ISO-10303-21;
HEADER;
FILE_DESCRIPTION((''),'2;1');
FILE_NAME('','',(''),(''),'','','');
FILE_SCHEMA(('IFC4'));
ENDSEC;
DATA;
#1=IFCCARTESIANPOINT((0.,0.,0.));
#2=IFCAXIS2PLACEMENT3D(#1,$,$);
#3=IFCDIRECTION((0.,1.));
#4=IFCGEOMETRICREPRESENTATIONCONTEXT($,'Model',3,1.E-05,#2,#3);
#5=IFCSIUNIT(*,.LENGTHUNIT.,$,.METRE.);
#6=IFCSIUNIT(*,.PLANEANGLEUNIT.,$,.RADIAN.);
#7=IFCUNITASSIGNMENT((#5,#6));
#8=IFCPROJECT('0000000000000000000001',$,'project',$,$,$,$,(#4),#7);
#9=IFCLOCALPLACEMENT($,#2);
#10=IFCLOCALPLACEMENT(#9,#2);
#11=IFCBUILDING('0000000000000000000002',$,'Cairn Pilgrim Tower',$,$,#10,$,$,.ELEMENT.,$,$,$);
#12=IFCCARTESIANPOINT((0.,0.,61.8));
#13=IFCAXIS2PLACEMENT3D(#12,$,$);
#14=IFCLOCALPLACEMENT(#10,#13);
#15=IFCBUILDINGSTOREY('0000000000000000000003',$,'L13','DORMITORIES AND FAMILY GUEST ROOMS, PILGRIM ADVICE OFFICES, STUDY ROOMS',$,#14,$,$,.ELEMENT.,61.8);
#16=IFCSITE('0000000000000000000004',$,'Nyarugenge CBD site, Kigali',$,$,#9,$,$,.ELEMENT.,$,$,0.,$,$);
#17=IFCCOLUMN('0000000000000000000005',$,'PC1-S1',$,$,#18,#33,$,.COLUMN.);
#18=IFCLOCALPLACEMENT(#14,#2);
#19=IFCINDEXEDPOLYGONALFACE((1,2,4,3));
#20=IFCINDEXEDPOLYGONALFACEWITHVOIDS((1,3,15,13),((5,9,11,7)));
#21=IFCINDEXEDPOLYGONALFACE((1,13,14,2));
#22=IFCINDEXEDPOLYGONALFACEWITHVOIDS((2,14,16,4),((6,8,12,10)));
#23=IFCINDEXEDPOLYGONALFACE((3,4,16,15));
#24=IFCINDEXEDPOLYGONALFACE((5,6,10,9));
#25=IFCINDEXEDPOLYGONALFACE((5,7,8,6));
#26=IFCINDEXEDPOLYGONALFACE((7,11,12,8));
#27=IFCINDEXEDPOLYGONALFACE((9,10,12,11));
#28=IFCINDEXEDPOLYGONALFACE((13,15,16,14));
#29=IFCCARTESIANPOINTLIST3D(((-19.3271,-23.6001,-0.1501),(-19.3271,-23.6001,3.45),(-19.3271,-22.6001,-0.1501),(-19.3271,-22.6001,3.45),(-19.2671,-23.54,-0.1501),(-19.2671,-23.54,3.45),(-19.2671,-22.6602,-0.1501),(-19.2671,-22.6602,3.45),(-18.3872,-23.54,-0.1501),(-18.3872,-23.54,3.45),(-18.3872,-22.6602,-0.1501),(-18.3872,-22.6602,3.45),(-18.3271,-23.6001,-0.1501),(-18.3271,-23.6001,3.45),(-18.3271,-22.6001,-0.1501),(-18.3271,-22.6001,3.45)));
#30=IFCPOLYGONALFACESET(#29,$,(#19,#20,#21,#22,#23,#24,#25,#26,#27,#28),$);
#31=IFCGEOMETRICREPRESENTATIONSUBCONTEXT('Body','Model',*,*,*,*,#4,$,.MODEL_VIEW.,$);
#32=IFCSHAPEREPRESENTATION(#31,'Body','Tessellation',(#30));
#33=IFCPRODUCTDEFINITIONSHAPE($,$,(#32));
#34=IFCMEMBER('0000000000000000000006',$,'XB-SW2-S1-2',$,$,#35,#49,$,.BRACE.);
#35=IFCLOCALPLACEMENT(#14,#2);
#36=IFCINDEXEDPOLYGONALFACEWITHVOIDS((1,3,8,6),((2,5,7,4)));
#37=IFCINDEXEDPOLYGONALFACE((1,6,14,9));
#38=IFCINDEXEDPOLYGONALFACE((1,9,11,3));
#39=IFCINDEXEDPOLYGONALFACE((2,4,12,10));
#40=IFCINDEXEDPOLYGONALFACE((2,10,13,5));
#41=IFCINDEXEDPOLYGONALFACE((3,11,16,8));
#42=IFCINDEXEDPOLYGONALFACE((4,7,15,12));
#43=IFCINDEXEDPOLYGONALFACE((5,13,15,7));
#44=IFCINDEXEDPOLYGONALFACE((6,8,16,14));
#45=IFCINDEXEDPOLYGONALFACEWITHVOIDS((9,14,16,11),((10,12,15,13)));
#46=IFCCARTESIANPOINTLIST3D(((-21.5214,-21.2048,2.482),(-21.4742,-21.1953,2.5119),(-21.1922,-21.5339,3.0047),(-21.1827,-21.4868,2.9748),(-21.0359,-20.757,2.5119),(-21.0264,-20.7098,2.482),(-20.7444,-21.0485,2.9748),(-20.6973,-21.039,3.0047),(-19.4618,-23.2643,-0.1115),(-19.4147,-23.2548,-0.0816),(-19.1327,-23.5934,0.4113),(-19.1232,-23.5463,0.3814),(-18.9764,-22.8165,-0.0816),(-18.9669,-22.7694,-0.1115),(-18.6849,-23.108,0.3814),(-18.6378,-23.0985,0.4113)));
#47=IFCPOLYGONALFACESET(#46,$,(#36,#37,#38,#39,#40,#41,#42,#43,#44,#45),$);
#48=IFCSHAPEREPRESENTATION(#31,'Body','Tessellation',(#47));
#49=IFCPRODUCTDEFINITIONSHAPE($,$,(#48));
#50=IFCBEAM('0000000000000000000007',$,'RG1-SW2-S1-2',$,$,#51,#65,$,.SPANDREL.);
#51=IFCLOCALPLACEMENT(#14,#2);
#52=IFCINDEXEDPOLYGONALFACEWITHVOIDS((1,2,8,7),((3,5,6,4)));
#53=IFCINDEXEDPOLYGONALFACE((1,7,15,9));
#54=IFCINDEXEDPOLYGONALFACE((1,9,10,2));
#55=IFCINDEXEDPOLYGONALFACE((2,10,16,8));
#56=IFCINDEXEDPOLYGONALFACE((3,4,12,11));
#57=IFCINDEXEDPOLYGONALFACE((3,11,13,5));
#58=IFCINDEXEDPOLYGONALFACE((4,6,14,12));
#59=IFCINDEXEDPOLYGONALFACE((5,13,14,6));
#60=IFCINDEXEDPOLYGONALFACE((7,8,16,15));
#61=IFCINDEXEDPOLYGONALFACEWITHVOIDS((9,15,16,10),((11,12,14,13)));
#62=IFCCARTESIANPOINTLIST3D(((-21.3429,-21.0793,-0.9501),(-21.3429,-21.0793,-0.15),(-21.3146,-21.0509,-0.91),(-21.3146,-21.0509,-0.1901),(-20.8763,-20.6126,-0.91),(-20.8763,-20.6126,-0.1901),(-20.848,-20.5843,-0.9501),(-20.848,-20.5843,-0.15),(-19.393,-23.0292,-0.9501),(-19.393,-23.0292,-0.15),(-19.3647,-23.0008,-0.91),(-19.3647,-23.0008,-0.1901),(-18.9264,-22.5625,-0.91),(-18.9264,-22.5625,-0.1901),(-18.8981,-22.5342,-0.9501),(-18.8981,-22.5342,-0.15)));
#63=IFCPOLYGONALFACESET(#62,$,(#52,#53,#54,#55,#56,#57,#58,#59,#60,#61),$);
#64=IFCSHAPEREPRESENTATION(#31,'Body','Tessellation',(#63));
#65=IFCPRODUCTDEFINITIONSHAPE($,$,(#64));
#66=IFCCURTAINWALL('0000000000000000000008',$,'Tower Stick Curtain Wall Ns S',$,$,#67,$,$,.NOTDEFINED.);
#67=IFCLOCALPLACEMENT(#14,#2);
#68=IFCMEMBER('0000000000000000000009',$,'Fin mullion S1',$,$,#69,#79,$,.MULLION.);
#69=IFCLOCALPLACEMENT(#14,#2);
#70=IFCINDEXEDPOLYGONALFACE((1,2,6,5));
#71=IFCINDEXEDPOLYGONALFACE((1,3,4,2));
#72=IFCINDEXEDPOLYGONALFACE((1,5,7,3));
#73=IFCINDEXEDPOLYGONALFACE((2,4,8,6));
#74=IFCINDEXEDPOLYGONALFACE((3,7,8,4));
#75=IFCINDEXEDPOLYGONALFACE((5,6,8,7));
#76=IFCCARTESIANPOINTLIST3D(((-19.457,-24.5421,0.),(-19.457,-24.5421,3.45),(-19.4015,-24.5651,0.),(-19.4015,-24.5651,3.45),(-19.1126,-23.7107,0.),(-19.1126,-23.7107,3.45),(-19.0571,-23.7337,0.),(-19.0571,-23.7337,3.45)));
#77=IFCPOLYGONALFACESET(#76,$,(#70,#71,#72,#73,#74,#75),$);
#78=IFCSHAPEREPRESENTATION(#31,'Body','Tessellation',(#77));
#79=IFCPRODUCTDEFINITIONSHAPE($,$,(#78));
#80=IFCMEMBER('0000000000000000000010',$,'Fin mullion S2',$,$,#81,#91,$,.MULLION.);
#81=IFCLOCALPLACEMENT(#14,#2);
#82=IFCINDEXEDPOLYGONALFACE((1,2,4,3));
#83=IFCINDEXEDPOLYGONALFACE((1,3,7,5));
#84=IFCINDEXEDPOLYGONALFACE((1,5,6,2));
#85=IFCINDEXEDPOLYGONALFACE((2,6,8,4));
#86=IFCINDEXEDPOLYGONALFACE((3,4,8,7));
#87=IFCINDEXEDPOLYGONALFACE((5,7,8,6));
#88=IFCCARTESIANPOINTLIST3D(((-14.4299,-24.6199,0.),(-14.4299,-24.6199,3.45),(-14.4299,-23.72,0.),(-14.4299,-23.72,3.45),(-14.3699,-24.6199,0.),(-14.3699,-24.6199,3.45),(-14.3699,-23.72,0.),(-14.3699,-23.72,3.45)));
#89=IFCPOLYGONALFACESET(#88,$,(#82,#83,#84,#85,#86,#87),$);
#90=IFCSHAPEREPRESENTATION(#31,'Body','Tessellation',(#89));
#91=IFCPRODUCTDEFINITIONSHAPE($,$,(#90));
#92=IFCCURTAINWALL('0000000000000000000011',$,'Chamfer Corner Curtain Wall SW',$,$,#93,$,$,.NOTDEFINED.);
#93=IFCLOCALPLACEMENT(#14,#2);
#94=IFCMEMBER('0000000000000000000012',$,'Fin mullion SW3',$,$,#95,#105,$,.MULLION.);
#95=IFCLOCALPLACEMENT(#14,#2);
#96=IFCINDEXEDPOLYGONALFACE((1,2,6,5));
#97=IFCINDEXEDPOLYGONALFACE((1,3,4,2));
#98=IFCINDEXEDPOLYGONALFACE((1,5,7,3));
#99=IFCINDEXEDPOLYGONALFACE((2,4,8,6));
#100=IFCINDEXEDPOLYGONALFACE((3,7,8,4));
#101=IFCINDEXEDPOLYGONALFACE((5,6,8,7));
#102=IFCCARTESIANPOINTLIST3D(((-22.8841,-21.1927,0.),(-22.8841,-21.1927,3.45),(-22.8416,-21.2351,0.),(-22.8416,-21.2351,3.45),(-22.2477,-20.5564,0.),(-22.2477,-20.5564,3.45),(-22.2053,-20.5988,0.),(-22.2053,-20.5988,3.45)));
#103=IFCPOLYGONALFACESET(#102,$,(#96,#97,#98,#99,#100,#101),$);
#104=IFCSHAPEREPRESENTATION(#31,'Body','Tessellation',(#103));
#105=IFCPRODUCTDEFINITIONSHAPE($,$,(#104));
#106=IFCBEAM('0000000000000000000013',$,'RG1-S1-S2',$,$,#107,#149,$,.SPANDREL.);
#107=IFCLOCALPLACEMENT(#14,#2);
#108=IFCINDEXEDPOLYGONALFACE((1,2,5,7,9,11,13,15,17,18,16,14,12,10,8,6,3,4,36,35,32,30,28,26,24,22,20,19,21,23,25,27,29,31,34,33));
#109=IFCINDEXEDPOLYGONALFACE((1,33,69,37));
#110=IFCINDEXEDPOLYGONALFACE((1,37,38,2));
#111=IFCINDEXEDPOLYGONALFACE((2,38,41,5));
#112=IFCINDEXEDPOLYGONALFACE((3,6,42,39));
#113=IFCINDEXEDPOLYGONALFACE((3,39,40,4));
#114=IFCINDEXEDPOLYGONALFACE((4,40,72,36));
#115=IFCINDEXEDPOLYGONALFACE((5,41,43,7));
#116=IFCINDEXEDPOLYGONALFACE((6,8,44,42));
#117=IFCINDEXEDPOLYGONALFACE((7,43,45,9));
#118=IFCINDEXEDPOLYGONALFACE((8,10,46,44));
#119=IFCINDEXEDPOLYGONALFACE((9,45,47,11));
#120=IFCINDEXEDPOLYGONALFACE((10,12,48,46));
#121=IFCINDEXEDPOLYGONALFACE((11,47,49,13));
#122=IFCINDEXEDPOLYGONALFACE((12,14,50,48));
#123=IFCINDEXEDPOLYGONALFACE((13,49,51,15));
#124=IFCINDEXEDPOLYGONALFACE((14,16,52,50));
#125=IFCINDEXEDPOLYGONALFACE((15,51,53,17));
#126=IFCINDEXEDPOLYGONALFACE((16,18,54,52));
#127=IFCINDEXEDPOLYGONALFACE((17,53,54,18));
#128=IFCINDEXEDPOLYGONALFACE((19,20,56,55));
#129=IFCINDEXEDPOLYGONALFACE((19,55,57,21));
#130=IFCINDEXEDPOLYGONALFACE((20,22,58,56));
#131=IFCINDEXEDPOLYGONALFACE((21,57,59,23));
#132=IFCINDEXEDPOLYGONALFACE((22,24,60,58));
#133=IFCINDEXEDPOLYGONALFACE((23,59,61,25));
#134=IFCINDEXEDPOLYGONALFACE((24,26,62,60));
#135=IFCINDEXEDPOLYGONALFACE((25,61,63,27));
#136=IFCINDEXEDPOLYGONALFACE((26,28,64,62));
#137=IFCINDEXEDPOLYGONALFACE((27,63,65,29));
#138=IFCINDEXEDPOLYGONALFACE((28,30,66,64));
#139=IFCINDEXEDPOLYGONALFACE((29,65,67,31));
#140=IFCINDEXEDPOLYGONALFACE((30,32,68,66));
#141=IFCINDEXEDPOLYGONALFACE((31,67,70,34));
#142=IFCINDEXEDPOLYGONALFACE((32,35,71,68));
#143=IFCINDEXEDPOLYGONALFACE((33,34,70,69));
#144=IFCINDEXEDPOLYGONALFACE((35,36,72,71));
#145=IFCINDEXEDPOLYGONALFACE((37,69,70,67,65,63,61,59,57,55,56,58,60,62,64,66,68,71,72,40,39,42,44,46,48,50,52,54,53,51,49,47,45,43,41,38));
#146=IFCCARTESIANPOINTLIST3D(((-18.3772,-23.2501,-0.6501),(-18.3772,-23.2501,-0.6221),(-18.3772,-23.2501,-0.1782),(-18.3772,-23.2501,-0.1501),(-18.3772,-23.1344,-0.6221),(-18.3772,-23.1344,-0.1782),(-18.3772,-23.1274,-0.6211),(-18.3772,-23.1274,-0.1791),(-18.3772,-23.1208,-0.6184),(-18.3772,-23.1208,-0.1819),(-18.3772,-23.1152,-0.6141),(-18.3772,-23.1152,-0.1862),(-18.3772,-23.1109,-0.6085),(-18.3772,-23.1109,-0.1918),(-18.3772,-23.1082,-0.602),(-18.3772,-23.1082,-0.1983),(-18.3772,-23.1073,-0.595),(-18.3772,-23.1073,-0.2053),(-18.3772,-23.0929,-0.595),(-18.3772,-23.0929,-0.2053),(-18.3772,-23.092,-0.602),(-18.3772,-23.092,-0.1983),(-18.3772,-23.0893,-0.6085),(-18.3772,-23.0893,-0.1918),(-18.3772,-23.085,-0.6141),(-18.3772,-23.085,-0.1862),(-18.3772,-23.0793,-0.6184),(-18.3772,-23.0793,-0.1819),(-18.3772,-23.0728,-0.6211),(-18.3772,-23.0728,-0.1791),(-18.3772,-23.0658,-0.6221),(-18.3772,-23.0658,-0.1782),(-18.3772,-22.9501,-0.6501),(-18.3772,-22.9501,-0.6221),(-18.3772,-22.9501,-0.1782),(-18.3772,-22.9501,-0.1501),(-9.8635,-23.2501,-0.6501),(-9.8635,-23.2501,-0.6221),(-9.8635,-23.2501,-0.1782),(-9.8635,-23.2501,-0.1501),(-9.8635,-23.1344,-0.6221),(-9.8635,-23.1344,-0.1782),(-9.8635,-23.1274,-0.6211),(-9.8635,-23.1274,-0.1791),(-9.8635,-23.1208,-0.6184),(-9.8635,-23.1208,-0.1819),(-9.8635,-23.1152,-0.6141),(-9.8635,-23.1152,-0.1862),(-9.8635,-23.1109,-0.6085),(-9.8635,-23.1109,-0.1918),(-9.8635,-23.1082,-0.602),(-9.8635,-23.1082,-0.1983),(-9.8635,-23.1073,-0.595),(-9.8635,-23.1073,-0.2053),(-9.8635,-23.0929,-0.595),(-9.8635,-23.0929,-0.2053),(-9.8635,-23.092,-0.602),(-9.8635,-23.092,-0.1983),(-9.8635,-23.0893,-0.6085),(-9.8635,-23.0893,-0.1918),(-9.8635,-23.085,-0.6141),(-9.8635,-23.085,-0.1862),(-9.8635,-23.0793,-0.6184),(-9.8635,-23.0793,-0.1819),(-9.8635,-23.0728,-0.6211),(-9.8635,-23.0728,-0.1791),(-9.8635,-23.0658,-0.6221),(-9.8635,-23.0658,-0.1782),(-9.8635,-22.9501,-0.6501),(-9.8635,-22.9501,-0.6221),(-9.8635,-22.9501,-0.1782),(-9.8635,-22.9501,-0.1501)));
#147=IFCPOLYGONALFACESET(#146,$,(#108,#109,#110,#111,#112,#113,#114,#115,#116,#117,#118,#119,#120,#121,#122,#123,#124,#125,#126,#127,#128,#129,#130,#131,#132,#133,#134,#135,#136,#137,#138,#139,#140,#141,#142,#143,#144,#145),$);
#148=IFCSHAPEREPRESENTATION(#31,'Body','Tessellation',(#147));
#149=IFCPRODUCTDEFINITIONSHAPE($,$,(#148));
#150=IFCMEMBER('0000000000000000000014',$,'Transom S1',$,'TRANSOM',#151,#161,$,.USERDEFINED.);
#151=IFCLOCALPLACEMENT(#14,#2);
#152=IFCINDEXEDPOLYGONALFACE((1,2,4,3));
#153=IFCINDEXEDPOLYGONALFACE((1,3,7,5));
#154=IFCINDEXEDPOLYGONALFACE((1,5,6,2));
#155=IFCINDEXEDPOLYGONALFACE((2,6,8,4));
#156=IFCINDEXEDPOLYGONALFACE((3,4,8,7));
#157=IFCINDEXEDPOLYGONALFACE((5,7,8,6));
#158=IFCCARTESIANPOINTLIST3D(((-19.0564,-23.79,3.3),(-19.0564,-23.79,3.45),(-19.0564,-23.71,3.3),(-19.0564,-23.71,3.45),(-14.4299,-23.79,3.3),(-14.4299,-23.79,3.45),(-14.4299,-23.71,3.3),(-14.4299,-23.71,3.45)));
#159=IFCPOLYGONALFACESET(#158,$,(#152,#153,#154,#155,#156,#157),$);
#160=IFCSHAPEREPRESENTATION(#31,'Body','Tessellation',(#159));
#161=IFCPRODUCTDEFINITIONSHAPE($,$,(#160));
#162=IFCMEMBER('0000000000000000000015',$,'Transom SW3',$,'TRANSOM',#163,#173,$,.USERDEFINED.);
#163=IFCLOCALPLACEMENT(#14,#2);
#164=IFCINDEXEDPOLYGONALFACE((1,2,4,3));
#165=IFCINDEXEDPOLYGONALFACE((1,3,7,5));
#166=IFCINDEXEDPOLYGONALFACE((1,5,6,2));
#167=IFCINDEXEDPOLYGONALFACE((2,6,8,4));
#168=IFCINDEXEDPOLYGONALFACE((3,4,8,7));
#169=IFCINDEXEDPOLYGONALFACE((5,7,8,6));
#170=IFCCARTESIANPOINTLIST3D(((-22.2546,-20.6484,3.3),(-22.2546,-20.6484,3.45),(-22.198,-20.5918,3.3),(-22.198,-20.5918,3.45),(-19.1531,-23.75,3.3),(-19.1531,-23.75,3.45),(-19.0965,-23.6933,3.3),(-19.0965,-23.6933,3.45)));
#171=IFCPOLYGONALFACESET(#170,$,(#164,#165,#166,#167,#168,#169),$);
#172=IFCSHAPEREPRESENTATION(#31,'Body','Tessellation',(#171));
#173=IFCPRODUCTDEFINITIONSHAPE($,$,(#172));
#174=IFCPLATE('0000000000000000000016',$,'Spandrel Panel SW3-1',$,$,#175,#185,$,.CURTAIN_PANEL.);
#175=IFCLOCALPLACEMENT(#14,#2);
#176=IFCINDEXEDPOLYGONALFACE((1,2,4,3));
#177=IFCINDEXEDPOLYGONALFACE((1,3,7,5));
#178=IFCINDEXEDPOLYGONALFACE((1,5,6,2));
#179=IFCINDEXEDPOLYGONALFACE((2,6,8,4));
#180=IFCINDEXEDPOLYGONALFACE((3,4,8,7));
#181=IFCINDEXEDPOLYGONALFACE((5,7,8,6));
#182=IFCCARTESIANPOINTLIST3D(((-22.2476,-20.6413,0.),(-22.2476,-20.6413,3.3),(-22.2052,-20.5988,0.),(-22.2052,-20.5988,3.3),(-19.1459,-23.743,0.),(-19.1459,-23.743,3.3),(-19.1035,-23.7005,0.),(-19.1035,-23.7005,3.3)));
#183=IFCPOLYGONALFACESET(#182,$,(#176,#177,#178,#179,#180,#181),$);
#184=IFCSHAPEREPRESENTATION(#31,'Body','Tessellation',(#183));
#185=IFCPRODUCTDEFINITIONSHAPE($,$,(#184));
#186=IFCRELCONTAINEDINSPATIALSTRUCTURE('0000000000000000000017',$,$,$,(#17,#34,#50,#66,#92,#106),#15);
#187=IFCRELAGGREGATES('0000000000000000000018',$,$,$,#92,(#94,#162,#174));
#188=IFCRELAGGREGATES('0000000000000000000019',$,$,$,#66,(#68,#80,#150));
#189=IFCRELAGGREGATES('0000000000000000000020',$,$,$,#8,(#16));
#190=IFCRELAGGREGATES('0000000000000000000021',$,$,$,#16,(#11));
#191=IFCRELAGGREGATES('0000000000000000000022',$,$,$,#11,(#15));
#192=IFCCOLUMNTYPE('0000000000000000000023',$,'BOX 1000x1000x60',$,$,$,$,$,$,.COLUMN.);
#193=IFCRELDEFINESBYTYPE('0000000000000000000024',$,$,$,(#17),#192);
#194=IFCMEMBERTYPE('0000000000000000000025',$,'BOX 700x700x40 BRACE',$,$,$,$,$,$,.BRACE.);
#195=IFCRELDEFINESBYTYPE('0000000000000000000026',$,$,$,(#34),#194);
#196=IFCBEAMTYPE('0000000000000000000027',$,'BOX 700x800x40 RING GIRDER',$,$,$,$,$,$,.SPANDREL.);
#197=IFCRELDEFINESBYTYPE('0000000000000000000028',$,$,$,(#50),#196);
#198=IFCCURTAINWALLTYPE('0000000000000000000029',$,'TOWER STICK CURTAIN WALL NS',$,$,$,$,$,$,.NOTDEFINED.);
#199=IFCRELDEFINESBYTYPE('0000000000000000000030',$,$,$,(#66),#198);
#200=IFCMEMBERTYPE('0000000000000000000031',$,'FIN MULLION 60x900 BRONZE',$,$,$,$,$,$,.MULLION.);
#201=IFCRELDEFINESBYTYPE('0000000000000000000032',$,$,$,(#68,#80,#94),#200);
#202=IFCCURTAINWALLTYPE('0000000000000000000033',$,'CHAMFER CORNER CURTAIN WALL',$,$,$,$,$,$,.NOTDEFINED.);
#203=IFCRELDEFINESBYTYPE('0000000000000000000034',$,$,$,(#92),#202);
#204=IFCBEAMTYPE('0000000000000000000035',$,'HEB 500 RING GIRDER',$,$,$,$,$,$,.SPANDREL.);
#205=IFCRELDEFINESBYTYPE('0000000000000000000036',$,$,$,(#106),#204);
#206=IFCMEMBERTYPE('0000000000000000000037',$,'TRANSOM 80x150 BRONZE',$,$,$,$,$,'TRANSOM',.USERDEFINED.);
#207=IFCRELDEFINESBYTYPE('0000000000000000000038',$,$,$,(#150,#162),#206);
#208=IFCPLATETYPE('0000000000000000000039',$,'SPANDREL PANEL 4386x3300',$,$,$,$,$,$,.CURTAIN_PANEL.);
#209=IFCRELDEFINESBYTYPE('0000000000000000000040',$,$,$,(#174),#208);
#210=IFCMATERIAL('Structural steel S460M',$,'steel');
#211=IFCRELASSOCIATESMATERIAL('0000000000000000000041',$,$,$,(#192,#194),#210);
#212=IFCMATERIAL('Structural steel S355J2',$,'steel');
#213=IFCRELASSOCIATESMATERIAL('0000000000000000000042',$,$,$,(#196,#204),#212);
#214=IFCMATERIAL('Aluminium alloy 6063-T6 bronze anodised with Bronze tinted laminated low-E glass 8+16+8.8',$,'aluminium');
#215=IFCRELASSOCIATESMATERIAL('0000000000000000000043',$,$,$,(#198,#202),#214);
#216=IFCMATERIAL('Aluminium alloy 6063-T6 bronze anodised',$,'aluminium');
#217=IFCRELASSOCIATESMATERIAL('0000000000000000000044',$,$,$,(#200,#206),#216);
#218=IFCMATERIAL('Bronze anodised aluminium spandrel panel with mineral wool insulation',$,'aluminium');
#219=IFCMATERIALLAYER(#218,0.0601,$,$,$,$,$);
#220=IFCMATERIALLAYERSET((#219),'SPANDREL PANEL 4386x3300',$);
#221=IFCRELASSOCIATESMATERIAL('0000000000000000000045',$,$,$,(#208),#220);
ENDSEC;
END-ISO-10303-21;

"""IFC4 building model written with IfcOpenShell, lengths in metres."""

from ifc_helpers import new_model, si_unit, direction, frame, origin, origin_2d, place, context, subcontext, project, spatial, rectangle, hollow_rectangle, i_section, extrude, material, layer, layer_set, material_profile, profile_set, type_object, element, aggregate, save


model = new_model("IFC4")

# Units and contexts
model_context = context("Model", 3, precision=1e-05, world=origin(), true_north=direction((0.0, 1.0)))
body_context = subcontext(model_context, "Body", "Model", "MODEL_VIEW")
ifc_project = project(units=[si_unit("LENGTHUNIT", "METRE"), si_unit("PLANEANGLEUNIT", "RADIAN")], contexts=[model_context])

# Site, building, storey
site_placement = place(None, origin())
site = spatial("IfcSite", under=ifc_project, at=site_placement, Name="Nyarugenge CBD site, Kigali", CompositionType="ELEMENT", RefElevation=0.0)
building_placement = place(site_placement, origin())
building = spatial("IfcBuilding", under=site, at=building_placement, Name="Cairn Pilgrim Tower", CompositionType="ELEMENT")
storey_placement = place(building_placement, frame((0.0, 0.0, 61.8)))
storey = spatial("IfcBuildingStorey", under=building, at=storey_placement, Name="L13", Description="DORMITORIES AND FAMILY GUEST ROOMS, PILGRIM ADVICE OFFICES, STUDY ROOMS", CompositionType="ELEMENT", Elevation=61.8)

# Column
ifc_material_1 = material(Name="Structural steel S460M", Category="steel")
ifc_material_profile_1 = material_profile(ifc_material_1, hollow_rectangle(XDim=1.0, YDim=1.0, WallThickness=0.0601, at=origin_2d()), Name="BOX 1000x1000x60")
ifc_profile_set_1 = profile_set([ifc_material_profile_1], Name="Structural steel S460M")
column_type = type_object("IfcColumnType", Name="BOX 1000x1000x60", PredefinedType="COLUMN", material=ifc_profile_set_1)
column_placement = place(storey_placement, frame((-18.8271, -23.1001, -0.1501), z_axis=(0.0, 0.0, 1.0), x_axis=(1.0, 0.0, 0.0)))
element("IfcColumn", 1, at=column_placement, inside=storey, type_object=column_type, Name="PC1-S1", PredefinedType="COLUMN", context=body_context, shape_type="SweptSolid", body=[
    extrude(hollow_rectangle(XDim=1.0, YDim=1.0, WallThickness=0.0601, at=origin_2d()), origin(), (0.0, 0.0, 1.0), 3.6001),
])

# Member
ifc_material_profile_2 = material_profile(ifc_material_1, hollow_rectangle(XDim=0.7, YDim=0.7, WallThickness=0.04, at=origin_2d()), Name="BOX 700x700x40")
ifc_profile_set_2 = profile_set([ifc_material_profile_2], Name="Structural steel S460M")
member_type_1 = type_object("IfcMemberType", Name="BOX 700x700x40 BRACE", PredefinedType="BRACE", material=ifc_profile_set_2)
member_1_placement = place(storey_placement, frame((-19.0498, -23.1814, 0.1499), z_axis=(-0.528096, 0.528096, 0.665003), x_axis=(-0.707107, -0.707107, 0.0)))
element("IfcMember", 2, at=member_1_placement, inside=storey, type_object=member_type_1, Name="XB-SW2-S1-2", PredefinedType="BRACE", context=body_context, shape_type="SweptSolid", body=[
    extrude(hollow_rectangle(XDim=0.7, YDim=0.7, WallThickness=0.04, at=origin_2d()), origin(), (0.0, 0.0, 1.0), 3.8999),
])

# Beam
ifc_material_2 = material(Name="Structural steel S355J2", Category="steel")
ifc_material_profile_3 = material_profile(ifc_material_2, hollow_rectangle(XDim=0.7, YDim=0.8, WallThickness=0.04, at=origin_2d()), Name="BOX 700x800x40")
ifc_profile_set_3 = profile_set([ifc_material_profile_3], Name="Structural steel S355J2")
beam_type_1 = type_object("IfcBeamType", Name="BOX 700x800x40 RING GIRDER", PredefinedType="SPANDREL", material=ifc_profile_set_3)
beam_1_placement = place(storey_placement, frame((-21.0955, -20.8318, -0.55), z_axis=(0.707107, -0.707107, 0.0), x_axis=(0.707107, 0.707107, 0.0)))
element("IfcBeam", 3, at=beam_1_placement, inside=storey, type_object=beam_type_1, Name="RG1-SW2-S1-2", PredefinedType="SPANDREL", context=body_context, shape_type="SweptSolid", body=[
    extrude(hollow_rectangle(XDim=0.7, YDim=0.8, WallThickness=0.04, at=origin_2d()), origin(), (0.0, 0.0, 1.0), 2.7576),
])

# Curtain wall, members
ifc_material_3 = material(Name="Aluminium alloy 6063-T6 bronze anodised with Bronze tinted laminated low-E glass 8+16+8.8", Category="aluminium")
curtain_wall_type_1 = type_object("IfcCurtainWallType", Name="TOWER STICK CURTAIN WALL NS", PredefinedType="NOTDEFINED", material=ifc_material_3)
curtain_wall_1_placement = place(storey_placement, origin())
curtain_wall_1 = element("IfcCurtainWall", 4, at=curtain_wall_1_placement, inside=storey, type_object=curtain_wall_type_1, Name="Tower Stick Curtain Wall Ns S", PredefinedType="NOTDEFINED")
ifc_material_4 = material(Name="Aluminium alloy 6063-T6 bronze anodised", Category="aluminium")
ifc_material_profile_4 = material_profile(ifc_material_4, rectangle(XDim=0.8999, YDim=0.0601, at=origin_2d()), Name="FIN MULLION 60x900 BRONZE")
ifc_profile_set_4 = profile_set([ifc_material_profile_4], Name="Aluminium alloy 6063-T6 bronze anodised")
member_type_2 = type_object("IfcMemberType", Name="FIN MULLION 60x900 BRONZE", PredefinedType="MULLION", material=ifc_profile_set_4)
member_2_placement = place(storey_placement, frame((-19.2571, -24.1379, 0.0), z_axis=(0.0, 0.0, 1.0), x_axis=(-0.382683, -0.92388, 0.0)))
member_2 = element("IfcMember", 5, at=member_2_placement, type_object=member_type_2, Name="Fin mullion S1", PredefinedType="MULLION", context=body_context, shape_type="SweptSolid", body=[
    extrude(rectangle(XDim=0.8999, YDim=0.0601, at=origin_2d()), origin(), (0.0, 0.0, 1.0), 3.45),
])
member_3_placement = place(storey_placement, frame((-14.3999, -24.1699, 0.0), z_axis=(0.0, 0.0, 1.0), x_axis=(0.0, -1.0, 0.0)))
member_3 = element("IfcMember", 6, at=member_3_placement, type_object=member_type_2, Name="Fin mullion S2", PredefinedType="MULLION", context=body_context, shape_type="SweptSolid", body=[
    extrude(rectangle(XDim=0.8999, YDim=0.0601, at=origin_2d()), origin(), (0.0, 0.0, 1.0), 3.45),
])

# Curtain wall, member
curtain_wall_type_2 = type_object("IfcCurtainWallType", Name="CHAMFER CORNER CURTAIN WALL", PredefinedType="NOTDEFINED", material=ifc_material_3)
curtain_wall_2_placement = place(storey_placement, origin())
curtain_wall_2 = element("IfcCurtainWall", 7, at=curtain_wall_2_placement, inside=storey, type_object=curtain_wall_type_2, Name="Chamfer Corner Curtain Wall SW", PredefinedType="NOTDEFINED")
member_4_placement = place(storey_placement, frame((-22.5447, -20.8958, 0.0), z_axis=(0.0, 0.0, 1.0), x_axis=(-0.707107, -0.707107, 0.0)))
member_4 = element("IfcMember", 8, at=member_4_placement, type_object=member_type_2, Name="Fin mullion SW3", PredefinedType="MULLION", context=body_context, shape_type="SweptSolid", body=[
    extrude(rectangle(XDim=0.8999, YDim=0.0601, at=origin_2d()), origin(), (0.0, 0.0, 1.0), 3.45),
])

# Beam
ifc_material_profile_5 = material_profile(ifc_material_2, i_section(OverallWidth=0.3, OverallDepth=0.5, WebThickness=0.0144, FlangeThickness=0.0281, FilletRadius=0.0271, at=origin_2d()), Name="HEB 500")
ifc_profile_set_5 = profile_set([ifc_material_profile_5], Name="Structural steel S355J2")
beam_type_2 = type_object("IfcBeamType", Name="HEB 500 RING GIRDER", PredefinedType="SPANDREL", material=ifc_profile_set_5)
beam_2_placement = place(storey_placement, frame((-18.3772, -23.1001, -0.4001), z_axis=(1.0, 0.0, 0.0), x_axis=(0.0, 1.0, 0.0)))
element("IfcBeam", 9, at=beam_2_placement, inside=storey, type_object=beam_type_2, Name="RG1-S1-S2", PredefinedType="SPANDREL", context=body_context, shape_type="SweptSolid", body=[
    extrude(i_section(OverallWidth=0.3, OverallDepth=0.5, WebThickness=0.0144, FlangeThickness=0.0281, FilletRadius=0.0271, at=origin_2d()), origin(), (0.0, 0.0, 1.0), 8.5137),
])

# Members
ifc_material_profile_6 = material_profile(ifc_material_4, rectangle(XDim=0.0801, YDim=0.1499, at=origin_2d()), Name="TRANSOM 80x150 BRONZE")
ifc_profile_set_6 = profile_set([ifc_material_profile_6], Name="Aluminium alloy 6063-T6 bronze anodised")
member_type_3 = type_object("IfcMemberType", Name="TRANSOM 80x150 BRONZE", ElementType="TRANSOM", PredefinedType="USERDEFINED", material=ifc_profile_set_6)
member_5_placement = place(storey_placement, frame((-19.0564, -23.75, 3.375), z_axis=(1.0, 0.0, 0.0), x_axis=(0.0, 1.0, 0.0)))
member_5 = element("IfcMember", 10, at=member_5_placement, type_object=member_type_3, Name="Transom S1", ObjectType="TRANSOM", PredefinedType="USERDEFINED", context=body_context, shape_type="SweptSolid", body=[
    extrude(rectangle(XDim=0.0801, YDim=0.1499, at=origin_2d()), origin(), (0.0, 0.0, 1.0), 4.6265),
])
member_6_placement = place(storey_placement, frame((-22.2263, -20.6201, 3.375), z_axis=(0.707107, -0.707107, 0.0), x_axis=(0.707107, 0.707107, 0.0)))
member_6 = element("IfcMember", 11, at=member_6_placement, type_object=member_type_3, Name="Transom SW3", ObjectType="TRANSOM", PredefinedType="USERDEFINED", context=body_context, shape_type="SweptSolid", body=[
    extrude(rectangle(XDim=0.0801, YDim=0.1499, at=origin_2d()), origin(), (0.0, 0.0, 1.0), 4.3862),
])

# Plate
ifc_material_5 = material(Name="Bronze anodised aluminium spandrel panel with mineral wool insulation", Category="aluminium")
ifc_layer_1 = layer(ifc_material_5, 0.0601)
ifc_layer_set_1 = layer_set([ifc_layer_1], Name="SPANDREL PANEL 4386x3300")
plate_type_1 = type_object("IfcPlateType", Name="SPANDREL PANEL 4386x3300", PredefinedType="CURTAIN_PANEL", material=ifc_layer_set_1)
plate_1_placement = place(storey_placement, frame((-20.6755, -22.1709, 0.0), z_axis=(0.0, 0.0, 1.0), x_axis=(0.707107, -0.707107, 0.0)))
plate_1 = element("IfcPlate", 12, at=plate_1_placement, type_object=plate_type_1, Name="Spandrel Panel SW3-1", PredefinedType="CURTAIN_PANEL", context=body_context, shape_type="SweptSolid", body=[
    extrude(rectangle(XDim=4.3865, YDim=0.0601, at=origin_2d()), origin(), (0.0, 0.0, 1.0), 3.3),
])
aggregate(curtain_wall_2, [member_4, member_6, plate_1])
aggregate(curtain_wall_1, [member_2, member_3, member_5])

save(model, "model.ifc")
